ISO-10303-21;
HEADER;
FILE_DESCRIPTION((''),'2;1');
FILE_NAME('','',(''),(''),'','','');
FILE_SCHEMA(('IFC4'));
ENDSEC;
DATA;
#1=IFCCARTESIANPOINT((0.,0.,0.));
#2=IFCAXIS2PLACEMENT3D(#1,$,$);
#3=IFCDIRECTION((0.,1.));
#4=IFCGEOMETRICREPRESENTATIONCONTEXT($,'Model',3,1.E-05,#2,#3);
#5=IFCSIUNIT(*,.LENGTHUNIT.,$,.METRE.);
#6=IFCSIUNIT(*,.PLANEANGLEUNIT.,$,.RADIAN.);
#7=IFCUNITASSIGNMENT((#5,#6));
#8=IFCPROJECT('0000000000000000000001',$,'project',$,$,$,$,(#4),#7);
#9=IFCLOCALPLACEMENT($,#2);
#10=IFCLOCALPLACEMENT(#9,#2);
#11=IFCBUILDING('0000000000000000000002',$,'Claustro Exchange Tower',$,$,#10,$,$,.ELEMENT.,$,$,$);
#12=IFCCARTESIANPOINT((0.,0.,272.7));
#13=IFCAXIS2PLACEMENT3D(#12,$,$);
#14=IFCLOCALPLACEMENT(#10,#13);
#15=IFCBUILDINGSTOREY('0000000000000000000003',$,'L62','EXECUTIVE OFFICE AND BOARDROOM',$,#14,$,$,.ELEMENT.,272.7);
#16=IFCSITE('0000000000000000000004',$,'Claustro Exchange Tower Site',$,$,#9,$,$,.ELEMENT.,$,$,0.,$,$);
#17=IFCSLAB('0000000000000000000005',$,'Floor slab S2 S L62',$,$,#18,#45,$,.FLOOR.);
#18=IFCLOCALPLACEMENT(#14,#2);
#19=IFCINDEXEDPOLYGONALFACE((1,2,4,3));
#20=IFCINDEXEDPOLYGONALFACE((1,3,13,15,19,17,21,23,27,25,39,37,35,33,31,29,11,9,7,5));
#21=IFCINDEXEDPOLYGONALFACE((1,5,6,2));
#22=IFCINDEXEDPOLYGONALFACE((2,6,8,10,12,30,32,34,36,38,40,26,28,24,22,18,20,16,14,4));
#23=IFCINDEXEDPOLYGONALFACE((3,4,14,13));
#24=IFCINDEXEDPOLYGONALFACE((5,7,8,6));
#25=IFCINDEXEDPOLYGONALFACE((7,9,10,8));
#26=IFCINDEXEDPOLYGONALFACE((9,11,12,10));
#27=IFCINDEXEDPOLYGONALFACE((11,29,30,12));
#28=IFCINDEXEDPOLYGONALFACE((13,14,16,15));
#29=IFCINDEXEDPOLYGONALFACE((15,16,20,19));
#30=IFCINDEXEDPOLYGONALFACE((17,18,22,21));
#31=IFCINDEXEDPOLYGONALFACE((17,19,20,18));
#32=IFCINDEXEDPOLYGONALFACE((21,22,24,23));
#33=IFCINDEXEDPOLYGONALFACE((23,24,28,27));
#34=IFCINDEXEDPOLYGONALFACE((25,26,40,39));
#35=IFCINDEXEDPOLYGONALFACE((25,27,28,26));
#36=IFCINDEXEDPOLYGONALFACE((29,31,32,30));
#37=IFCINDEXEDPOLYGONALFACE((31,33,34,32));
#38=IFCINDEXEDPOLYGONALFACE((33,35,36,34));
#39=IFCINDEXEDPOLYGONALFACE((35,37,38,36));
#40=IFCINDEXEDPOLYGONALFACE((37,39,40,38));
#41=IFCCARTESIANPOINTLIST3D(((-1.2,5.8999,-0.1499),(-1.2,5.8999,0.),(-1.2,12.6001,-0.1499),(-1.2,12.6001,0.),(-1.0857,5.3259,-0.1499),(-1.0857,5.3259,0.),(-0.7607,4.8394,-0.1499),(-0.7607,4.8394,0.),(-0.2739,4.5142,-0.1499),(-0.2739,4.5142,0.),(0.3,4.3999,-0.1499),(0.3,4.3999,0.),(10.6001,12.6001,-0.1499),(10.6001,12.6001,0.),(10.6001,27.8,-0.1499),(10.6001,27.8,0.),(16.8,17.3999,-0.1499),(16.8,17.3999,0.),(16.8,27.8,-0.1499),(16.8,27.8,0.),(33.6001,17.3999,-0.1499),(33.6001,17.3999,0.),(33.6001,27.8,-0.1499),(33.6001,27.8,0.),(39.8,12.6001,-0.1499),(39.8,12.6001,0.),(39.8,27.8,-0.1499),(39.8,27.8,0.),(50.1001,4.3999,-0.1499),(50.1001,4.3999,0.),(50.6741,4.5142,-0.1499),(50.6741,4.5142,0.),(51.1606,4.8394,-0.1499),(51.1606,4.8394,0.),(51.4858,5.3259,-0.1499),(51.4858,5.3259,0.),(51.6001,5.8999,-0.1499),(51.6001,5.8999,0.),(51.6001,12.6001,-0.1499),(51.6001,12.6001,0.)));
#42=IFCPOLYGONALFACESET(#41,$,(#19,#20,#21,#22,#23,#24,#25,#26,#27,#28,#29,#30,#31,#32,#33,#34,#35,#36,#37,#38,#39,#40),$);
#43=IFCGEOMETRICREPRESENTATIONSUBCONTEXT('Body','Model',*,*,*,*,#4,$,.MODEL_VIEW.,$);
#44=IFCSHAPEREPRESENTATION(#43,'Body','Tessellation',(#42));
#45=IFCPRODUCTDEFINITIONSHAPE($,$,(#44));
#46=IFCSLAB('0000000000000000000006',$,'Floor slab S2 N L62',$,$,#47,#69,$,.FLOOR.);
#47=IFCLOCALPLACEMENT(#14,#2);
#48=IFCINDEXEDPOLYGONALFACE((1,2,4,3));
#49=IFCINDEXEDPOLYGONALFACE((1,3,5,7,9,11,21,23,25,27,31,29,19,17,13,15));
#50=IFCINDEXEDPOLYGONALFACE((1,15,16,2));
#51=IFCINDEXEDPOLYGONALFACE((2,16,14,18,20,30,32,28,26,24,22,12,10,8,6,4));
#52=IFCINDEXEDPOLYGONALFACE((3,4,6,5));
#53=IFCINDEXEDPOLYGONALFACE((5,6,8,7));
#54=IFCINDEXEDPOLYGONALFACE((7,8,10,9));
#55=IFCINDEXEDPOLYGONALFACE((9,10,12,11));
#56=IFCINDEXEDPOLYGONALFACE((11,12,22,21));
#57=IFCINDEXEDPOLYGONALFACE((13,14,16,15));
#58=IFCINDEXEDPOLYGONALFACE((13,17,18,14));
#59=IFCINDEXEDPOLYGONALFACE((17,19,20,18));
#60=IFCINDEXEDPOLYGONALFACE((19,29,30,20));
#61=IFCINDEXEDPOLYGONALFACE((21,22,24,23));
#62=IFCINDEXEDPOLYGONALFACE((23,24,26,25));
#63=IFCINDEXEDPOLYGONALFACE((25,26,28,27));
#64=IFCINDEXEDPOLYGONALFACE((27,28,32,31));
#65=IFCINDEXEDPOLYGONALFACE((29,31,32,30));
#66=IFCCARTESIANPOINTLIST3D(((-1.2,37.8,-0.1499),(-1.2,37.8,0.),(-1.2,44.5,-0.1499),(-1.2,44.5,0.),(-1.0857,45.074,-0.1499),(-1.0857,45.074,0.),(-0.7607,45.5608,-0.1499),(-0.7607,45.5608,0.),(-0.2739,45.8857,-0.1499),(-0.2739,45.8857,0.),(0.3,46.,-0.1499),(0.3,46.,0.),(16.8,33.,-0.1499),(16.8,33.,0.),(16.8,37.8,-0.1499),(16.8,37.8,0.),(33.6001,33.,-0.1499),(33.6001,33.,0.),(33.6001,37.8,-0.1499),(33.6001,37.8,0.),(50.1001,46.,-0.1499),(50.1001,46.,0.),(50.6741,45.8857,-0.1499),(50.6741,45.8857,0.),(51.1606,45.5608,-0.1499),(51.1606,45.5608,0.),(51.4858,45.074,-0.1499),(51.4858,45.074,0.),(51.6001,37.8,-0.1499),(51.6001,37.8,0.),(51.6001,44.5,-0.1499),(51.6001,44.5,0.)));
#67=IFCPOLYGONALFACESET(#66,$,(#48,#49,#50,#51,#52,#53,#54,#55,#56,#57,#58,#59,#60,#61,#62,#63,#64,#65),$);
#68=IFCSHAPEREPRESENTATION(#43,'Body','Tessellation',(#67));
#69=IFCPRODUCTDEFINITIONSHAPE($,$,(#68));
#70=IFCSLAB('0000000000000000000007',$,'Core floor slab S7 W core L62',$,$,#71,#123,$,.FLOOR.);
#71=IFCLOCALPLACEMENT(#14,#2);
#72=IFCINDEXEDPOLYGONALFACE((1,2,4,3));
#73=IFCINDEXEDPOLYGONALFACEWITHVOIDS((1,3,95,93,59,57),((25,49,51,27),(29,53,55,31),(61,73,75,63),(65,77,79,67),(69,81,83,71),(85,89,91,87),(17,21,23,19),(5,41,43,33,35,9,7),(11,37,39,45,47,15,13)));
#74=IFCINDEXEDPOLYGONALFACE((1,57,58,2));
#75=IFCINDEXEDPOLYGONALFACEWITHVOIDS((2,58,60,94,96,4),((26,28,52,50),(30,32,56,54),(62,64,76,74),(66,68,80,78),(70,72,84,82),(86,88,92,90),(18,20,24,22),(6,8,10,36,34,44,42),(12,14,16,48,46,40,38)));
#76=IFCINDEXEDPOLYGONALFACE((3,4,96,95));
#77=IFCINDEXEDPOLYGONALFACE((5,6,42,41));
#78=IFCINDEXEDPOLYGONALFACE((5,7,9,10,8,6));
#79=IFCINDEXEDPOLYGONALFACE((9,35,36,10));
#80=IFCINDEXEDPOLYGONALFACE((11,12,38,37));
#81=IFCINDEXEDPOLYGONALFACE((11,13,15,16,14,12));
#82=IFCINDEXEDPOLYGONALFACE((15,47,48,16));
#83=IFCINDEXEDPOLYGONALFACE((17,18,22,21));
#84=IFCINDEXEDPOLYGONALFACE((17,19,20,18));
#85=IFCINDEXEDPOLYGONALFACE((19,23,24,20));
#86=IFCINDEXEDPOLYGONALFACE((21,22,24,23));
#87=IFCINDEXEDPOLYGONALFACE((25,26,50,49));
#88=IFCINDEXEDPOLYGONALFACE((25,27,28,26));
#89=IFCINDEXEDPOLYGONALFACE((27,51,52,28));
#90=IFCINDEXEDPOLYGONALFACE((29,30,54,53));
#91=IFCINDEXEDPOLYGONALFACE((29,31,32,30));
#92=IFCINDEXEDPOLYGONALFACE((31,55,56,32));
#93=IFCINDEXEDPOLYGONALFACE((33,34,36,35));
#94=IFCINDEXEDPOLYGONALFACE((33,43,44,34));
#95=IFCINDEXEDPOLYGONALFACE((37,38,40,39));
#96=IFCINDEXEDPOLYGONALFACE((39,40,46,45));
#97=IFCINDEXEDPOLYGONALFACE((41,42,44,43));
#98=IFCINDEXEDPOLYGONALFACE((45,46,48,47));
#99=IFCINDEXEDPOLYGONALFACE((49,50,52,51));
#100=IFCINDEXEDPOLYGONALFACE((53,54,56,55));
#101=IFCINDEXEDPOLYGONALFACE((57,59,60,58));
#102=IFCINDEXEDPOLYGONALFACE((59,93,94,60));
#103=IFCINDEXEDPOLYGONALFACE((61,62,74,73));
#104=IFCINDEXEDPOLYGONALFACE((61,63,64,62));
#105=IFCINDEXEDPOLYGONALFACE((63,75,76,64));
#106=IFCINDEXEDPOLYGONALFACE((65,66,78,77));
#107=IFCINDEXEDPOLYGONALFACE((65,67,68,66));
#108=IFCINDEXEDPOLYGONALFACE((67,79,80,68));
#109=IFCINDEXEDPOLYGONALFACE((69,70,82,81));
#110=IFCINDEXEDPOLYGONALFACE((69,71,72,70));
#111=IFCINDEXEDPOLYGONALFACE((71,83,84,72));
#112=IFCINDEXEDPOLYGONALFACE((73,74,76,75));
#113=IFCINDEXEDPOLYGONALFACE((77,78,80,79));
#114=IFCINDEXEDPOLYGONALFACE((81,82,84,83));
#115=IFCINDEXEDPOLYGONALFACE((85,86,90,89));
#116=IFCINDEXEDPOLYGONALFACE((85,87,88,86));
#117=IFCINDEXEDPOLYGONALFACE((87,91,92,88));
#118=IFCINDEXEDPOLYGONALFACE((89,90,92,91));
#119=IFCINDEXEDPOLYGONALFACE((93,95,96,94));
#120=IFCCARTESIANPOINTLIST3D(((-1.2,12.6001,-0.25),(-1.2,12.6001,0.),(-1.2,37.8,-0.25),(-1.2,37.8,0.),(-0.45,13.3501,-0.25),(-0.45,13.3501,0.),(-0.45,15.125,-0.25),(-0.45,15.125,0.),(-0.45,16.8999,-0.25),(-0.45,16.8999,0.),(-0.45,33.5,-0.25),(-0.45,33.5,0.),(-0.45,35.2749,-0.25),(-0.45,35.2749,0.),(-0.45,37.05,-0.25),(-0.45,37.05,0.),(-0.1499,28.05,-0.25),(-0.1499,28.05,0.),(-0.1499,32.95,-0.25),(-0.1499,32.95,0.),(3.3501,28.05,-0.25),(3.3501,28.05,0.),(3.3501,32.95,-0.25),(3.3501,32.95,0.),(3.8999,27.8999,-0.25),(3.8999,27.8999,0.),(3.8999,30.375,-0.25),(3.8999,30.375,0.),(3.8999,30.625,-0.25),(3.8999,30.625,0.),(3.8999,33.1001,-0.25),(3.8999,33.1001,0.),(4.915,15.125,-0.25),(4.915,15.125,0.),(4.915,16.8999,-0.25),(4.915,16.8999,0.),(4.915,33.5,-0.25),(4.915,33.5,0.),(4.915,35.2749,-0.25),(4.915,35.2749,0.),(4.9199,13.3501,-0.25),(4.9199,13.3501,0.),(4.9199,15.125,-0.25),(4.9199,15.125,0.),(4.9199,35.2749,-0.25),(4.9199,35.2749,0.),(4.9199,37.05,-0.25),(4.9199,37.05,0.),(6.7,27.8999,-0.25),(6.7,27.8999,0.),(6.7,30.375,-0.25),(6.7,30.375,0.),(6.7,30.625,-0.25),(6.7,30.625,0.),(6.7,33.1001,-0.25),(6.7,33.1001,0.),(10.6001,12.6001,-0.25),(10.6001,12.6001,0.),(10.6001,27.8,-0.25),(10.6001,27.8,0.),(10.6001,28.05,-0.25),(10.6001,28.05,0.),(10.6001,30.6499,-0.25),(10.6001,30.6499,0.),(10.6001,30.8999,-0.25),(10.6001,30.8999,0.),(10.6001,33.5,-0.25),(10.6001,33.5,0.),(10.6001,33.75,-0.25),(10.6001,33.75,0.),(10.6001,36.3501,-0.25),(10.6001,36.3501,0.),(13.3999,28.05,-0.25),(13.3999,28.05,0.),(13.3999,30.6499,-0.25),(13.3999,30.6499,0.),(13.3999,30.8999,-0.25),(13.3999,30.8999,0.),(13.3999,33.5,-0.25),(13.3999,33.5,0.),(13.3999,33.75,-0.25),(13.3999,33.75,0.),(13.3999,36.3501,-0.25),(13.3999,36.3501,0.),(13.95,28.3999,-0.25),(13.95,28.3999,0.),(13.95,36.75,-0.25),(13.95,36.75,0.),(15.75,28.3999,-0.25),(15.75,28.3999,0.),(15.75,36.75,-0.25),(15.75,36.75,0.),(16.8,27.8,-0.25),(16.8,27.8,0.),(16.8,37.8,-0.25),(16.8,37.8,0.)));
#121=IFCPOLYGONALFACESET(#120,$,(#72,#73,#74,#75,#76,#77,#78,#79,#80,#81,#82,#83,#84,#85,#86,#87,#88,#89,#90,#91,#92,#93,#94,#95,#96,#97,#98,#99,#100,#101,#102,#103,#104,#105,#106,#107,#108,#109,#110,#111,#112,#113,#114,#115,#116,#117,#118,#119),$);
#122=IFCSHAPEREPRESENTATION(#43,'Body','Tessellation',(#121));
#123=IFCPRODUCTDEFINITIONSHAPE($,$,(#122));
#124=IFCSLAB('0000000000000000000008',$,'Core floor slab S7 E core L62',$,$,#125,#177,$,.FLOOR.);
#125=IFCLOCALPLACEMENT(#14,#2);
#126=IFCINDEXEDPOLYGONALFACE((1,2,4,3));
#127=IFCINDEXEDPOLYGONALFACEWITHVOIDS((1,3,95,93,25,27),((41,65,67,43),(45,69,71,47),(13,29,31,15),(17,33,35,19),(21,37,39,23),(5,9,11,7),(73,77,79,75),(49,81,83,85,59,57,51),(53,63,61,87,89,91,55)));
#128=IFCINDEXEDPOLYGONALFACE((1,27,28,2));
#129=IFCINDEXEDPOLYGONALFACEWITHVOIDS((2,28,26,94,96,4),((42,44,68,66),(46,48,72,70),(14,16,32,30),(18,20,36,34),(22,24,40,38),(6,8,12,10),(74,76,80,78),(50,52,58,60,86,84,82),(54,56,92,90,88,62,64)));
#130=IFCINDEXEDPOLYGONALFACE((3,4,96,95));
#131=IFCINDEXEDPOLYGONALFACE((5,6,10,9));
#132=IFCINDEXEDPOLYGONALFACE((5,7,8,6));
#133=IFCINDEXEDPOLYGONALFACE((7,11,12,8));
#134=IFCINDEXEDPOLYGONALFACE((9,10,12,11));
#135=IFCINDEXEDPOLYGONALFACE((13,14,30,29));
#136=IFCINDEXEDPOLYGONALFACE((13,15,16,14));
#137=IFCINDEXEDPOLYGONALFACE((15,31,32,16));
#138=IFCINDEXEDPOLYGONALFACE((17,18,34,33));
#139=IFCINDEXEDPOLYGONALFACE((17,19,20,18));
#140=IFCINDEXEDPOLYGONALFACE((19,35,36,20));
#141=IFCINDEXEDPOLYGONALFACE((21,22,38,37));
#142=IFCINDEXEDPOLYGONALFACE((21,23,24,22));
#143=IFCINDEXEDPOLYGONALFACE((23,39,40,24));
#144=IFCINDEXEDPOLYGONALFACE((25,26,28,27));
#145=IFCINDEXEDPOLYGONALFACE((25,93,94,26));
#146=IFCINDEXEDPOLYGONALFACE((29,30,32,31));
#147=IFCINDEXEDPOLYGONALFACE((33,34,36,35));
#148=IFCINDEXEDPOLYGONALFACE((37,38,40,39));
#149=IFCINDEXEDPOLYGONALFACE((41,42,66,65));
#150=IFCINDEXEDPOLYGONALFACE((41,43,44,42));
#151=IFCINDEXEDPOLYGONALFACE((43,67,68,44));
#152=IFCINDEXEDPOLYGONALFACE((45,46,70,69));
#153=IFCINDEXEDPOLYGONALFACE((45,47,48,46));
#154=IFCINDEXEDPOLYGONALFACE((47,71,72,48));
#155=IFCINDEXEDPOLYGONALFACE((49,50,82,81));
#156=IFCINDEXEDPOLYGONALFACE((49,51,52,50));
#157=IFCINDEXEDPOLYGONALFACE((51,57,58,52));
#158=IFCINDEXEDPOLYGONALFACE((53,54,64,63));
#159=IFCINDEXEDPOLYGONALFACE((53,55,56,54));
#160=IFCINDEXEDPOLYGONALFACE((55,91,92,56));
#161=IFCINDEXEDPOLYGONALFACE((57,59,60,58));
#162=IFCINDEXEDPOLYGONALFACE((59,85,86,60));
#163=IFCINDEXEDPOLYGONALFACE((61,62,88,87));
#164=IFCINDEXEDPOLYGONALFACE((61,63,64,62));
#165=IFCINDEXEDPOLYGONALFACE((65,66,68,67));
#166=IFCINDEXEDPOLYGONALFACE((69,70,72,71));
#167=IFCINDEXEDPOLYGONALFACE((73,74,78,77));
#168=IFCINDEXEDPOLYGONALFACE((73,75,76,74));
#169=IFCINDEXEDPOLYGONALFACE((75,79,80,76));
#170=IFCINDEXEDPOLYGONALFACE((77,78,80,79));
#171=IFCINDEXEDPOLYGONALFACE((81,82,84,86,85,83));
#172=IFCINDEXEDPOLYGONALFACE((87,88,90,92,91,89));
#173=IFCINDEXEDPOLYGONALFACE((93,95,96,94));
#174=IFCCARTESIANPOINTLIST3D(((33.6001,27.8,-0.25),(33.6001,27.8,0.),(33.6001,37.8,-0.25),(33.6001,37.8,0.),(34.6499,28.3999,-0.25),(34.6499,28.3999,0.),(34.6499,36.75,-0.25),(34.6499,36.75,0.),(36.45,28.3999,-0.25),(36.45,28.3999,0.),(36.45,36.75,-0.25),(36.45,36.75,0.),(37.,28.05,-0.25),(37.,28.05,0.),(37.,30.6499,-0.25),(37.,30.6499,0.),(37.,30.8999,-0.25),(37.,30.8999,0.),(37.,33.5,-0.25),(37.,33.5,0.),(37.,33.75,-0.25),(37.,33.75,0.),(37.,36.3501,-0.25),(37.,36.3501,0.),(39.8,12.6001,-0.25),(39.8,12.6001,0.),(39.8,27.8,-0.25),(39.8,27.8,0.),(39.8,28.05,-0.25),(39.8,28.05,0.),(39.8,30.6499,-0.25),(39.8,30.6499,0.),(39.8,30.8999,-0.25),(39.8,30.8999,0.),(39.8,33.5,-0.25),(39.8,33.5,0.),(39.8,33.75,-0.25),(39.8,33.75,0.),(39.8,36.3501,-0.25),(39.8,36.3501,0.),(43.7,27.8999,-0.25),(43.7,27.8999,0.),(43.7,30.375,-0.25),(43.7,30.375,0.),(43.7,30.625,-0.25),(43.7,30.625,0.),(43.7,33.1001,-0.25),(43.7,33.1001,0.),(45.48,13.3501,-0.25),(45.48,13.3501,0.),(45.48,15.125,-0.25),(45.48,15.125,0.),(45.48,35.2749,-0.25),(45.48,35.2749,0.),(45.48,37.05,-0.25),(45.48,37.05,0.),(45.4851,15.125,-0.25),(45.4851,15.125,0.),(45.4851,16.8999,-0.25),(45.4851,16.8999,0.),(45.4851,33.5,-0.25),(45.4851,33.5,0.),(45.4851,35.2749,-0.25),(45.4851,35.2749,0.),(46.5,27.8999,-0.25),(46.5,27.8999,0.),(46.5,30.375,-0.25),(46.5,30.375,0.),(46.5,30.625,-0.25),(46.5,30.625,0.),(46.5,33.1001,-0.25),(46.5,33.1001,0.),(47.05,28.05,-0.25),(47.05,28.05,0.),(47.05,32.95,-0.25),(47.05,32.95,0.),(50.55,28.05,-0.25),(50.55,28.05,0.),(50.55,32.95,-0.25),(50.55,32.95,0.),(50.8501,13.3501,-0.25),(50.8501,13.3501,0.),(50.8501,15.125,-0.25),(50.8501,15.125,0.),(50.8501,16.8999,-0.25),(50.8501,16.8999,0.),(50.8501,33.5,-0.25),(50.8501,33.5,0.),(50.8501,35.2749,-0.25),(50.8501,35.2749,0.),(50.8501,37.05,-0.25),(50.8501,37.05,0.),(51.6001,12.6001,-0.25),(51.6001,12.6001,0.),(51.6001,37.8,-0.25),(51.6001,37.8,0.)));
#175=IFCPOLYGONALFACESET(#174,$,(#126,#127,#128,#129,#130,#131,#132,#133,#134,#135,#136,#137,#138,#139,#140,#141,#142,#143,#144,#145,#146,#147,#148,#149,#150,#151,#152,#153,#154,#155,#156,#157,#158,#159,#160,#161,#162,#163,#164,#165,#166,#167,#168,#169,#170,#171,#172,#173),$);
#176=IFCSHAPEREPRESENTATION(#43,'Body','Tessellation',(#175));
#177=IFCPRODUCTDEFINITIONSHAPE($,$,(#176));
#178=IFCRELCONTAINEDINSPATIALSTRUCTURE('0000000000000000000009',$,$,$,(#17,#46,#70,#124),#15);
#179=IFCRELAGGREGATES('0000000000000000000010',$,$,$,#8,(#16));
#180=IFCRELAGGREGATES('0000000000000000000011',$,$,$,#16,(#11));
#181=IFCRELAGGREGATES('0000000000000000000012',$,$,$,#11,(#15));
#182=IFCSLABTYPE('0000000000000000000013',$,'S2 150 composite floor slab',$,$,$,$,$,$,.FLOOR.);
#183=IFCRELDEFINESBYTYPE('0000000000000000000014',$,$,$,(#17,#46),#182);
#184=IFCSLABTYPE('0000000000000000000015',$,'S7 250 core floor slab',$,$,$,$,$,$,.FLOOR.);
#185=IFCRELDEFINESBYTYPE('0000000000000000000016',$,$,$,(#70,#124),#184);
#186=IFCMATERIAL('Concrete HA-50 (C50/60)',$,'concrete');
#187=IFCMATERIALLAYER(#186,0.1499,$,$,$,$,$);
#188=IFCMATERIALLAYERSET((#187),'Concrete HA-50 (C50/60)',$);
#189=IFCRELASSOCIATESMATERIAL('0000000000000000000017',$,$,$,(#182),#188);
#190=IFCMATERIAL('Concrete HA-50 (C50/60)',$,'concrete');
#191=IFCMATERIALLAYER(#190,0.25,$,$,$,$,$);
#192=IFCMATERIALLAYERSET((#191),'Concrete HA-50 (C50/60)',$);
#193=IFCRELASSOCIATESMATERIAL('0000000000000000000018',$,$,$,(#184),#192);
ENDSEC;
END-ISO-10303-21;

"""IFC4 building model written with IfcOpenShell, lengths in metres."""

from ifc_helpers import new_model, si_unit, direction, frame, origin, place, context, subcontext, project, spatial, polyline, outline, extrude, material, layer, layer_set, type_object, element, save


model = new_model("IFC4")

# Units and contexts
model_context = context("Model", 3, precision=1e-05, world=origin(), true_north=direction((0.0, 1.0)))
body_context = subcontext(model_context, "Body", "Model", "MODEL_VIEW")
ifc_project = project(units=[si_unit("LENGTHUNIT", "METRE"), si_unit("PLANEANGLEUNIT", "RADIAN")], contexts=[model_context])

# Site, building, storey
site_placement = place(None, origin())
site = spatial("IfcSite", under=ifc_project, at=site_placement, Name="Claustro Exchange Tower Site", CompositionType="ELEMENT", RefElevation=0.0)
building_placement = place(site_placement, origin())
building = spatial("IfcBuilding", under=site, at=building_placement, Name="Claustro Exchange Tower", CompositionType="ELEMENT")
storey_placement = place(building_placement, frame((0.0, 0.0, 272.7)))
storey = spatial("IfcBuildingStorey", under=building, at=storey_placement, Name="L62", Description="EXECUTIVE OFFICE AND BOARDROOM", CompositionType="ELEMENT", Elevation=272.7)

# Slabs
ifc_material_1 = material(Name="Concrete HA-50 (C50/60)", Category="concrete")
ifc_layer_1 = layer(ifc_material_1, 0.1499)
ifc_layer_set_1 = layer_set([ifc_layer_1], Name="Concrete HA-50 (C50/60)")
slab_type_1 = type_object("IfcSlabType", Name="S2 150 composite floor slab", PredefinedType="FLOOR", material=ifc_layer_set_1)
slab_1_placement = place(storey_placement, frame((0.0, 0.0, -0.1499)))
element("IfcSlab", 1, at=slab_1_placement, inside=storey, type_object=slab_type_1, Name="Floor slab S2 S L62", PredefinedType="FLOOR", context=body_context, shape_type="SweptSolid", body=[
    extrude(outline(polyline([(-0.2739, 4.5142), (0.3, 4.3999), (50.1001, 4.3999), (50.6741, 4.5142), (51.1606, 4.8394), (51.4858, 5.3259), (51.6001, 5.8999), (51.6001, 12.6001), (39.8, 12.6001), (39.8, 27.8), (33.6001, 27.8), (33.6001, 17.3999), (16.8, 17.3999), (16.8, 27.8), (10.6001, 27.8), (10.6001, 12.6001), (-1.2, 12.6001), (-1.2, 5.8999), (-1.0857, 5.3259), (-0.7607, 4.8394), (-0.2739, 4.5142)])), origin(), (0.0, 0.0, 1.0), 0.1499),
])
slab_2_placement = place(storey_placement, frame((0.0, 0.0, -0.1499)))
element("IfcSlab", 2, at=slab_2_placement, inside=storey, type_object=slab_type_1, Name="Floor slab S2 N L62", PredefinedType="FLOOR", context=body_context, shape_type="SweptSolid", body=[
    extrude(outline(polyline([(16.8, 37.8), (16.8, 33.0), (33.6001, 33.0), (33.6001, 37.8), (51.6001, 37.8), (51.6001, 44.5), (51.4858, 45.074), (51.1606, 45.5608), (50.6741, 45.8857), (50.1001, 46.0), (0.3, 46.0), (-0.2739, 45.8857), (-0.7607, 45.5608), (-1.0857, 45.074), (-1.2, 44.5), (-1.2, 37.8), (16.8, 37.8)])), origin(), (0.0, 0.0, 1.0), 0.1499),
])
ifc_material_2 = material(Name="Concrete HA-50 (C50/60)", Category="concrete")
ifc_layer_2 = layer(ifc_material_2, 0.25)
ifc_layer_set_2 = layer_set([ifc_layer_2], Name="Concrete HA-50 (C50/60)")
slab_type_2 = type_object("IfcSlabType", Name="S7 250 core floor slab", PredefinedType="FLOOR", material=ifc_layer_set_2)
slab_3_placement = place(storey_placement, frame((0.0, 0.0, -0.25)))
element("IfcSlab", 3, at=slab_3_placement, inside=storey, type_object=slab_type_2, Name="Core floor slab S7 W core L62", PredefinedType="FLOOR", context=body_context, shape_type="SweptSolid", body=[
    extrude(outline(polyline([(-1.2, 37.8), (-1.2, 12.6001), (10.6001, 12.6001), (10.6001, 27.8), (16.8, 27.8), (16.8, 37.8), (-1.2, 37.8)]), holes=[polyline([(13.95, 36.75), (15.75, 36.75), (15.75, 28.3999), (13.95, 28.3999), (13.95, 36.75)]), polyline([(10.6001, 30.6499), (13.3999, 30.6499), (13.3999, 28.05), (10.6001, 28.05), (10.6001, 30.6499)]), polyline([(10.6001, 33.5), (13.3999, 33.5), (13.3999, 30.8999), (10.6001, 30.8999), (10.6001, 33.5)]), polyline([(13.3999, 36.3501), (13.3999, 33.75), (10.6001, 33.75), (10.6001, 36.3501), (13.3999, 36.3501)]), polyline([(3.8999, 30.375), (6.7, 30.375), (6.7, 27.8999), (3.8999, 27.8999), (3.8999, 30.375)]), polyline([(3.8999, 33.1001), (6.7, 33.1001), (6.7, 30.625), (3.8999, 30.625), (3.8999, 33.1001)]), polyline([(-0.45, 13.3501), (-0.45, 15.125), (-0.45, 16.8999), (4.915, 16.8999), (4.915, 15.125), (4.9199, 15.125), (4.9199, 13.3501), (-0.45, 13.3501)]), polyline([(-0.45, 37.05), (4.9199, 37.05), (4.9199, 35.2749), (4.915, 35.2749), (4.915, 33.5), (-0.45, 33.5), (-0.45, 35.2749), (-0.45, 37.05)]), polyline([(-0.1499, 32.95), (3.3501, 32.95), (3.3501, 28.05), (-0.1499, 28.05), (-0.1499, 32.95)])]), origin(), (0.0, 0.0, 1.0), 0.25),
])
slab_4_placement = place(storey_placement, frame((0.0, 0.0, -0.25)))
element("IfcSlab", 4, at=slab_4_placement, inside=storey, type_object=slab_type_2, Name="Core floor slab S7 E core L62", PredefinedType="FLOOR", context=body_context, shape_type="SweptSolid", body=[
    extrude(outline(polyline([(51.6001, 37.8), (33.6001, 37.8), (33.6001, 27.8), (39.8, 27.8), (39.8, 12.6001), (51.6001, 12.6001), (51.6001, 37.8)]), holes=[polyline([(45.48, 15.125), (45.4851, 15.125), (45.4851, 16.8999), (50.8501, 16.8999), (50.8501, 15.125), (50.8501, 13.3501), (45.48, 13.3501), (45.48, 15.125)]), polyline([(45.48, 35.2749), (45.48, 37.05), (50.8501, 37.05), (50.8501, 35.2749), (50.8501, 33.5), (45.4851, 33.5), (45.4851, 35.2749), (45.48, 35.2749)]), polyline([(47.05, 32.95), (50.55, 32.95), (50.55, 28.05), (47.05, 28.05), (47.05, 32.95)]), polyline([(43.7, 30.375), (46.5, 30.375), (46.5, 27.8999), (43.7, 27.8999), (43.7, 30.375)]), polyline([(43.7, 33.1001), (46.5, 33.1001), (46.5, 30.625), (43.7, 30.625), (43.7, 33.1001)]), polyline([(37.0, 30.6499), (39.8, 30.6499), (39.8, 28.05), (37.0, 28.05), (37.0, 30.6499)]), polyline([(37.0, 33.5), (39.8, 33.5), (39.8, 30.8999), (37.0, 30.8999), (37.0, 33.5)]), polyline([(39.8, 36.3501), (39.8, 33.75), (37.0, 33.75), (37.0, 36.3501), (39.8, 36.3501)]), polyline([(34.6499, 36.75), (36.45, 36.75), (36.45, 28.3999), (34.6499, 28.3999), (34.6499, 36.75)])]), origin(), (0.0, 0.0, 1.0), 0.25),
])

save(model, "model.ifc")
